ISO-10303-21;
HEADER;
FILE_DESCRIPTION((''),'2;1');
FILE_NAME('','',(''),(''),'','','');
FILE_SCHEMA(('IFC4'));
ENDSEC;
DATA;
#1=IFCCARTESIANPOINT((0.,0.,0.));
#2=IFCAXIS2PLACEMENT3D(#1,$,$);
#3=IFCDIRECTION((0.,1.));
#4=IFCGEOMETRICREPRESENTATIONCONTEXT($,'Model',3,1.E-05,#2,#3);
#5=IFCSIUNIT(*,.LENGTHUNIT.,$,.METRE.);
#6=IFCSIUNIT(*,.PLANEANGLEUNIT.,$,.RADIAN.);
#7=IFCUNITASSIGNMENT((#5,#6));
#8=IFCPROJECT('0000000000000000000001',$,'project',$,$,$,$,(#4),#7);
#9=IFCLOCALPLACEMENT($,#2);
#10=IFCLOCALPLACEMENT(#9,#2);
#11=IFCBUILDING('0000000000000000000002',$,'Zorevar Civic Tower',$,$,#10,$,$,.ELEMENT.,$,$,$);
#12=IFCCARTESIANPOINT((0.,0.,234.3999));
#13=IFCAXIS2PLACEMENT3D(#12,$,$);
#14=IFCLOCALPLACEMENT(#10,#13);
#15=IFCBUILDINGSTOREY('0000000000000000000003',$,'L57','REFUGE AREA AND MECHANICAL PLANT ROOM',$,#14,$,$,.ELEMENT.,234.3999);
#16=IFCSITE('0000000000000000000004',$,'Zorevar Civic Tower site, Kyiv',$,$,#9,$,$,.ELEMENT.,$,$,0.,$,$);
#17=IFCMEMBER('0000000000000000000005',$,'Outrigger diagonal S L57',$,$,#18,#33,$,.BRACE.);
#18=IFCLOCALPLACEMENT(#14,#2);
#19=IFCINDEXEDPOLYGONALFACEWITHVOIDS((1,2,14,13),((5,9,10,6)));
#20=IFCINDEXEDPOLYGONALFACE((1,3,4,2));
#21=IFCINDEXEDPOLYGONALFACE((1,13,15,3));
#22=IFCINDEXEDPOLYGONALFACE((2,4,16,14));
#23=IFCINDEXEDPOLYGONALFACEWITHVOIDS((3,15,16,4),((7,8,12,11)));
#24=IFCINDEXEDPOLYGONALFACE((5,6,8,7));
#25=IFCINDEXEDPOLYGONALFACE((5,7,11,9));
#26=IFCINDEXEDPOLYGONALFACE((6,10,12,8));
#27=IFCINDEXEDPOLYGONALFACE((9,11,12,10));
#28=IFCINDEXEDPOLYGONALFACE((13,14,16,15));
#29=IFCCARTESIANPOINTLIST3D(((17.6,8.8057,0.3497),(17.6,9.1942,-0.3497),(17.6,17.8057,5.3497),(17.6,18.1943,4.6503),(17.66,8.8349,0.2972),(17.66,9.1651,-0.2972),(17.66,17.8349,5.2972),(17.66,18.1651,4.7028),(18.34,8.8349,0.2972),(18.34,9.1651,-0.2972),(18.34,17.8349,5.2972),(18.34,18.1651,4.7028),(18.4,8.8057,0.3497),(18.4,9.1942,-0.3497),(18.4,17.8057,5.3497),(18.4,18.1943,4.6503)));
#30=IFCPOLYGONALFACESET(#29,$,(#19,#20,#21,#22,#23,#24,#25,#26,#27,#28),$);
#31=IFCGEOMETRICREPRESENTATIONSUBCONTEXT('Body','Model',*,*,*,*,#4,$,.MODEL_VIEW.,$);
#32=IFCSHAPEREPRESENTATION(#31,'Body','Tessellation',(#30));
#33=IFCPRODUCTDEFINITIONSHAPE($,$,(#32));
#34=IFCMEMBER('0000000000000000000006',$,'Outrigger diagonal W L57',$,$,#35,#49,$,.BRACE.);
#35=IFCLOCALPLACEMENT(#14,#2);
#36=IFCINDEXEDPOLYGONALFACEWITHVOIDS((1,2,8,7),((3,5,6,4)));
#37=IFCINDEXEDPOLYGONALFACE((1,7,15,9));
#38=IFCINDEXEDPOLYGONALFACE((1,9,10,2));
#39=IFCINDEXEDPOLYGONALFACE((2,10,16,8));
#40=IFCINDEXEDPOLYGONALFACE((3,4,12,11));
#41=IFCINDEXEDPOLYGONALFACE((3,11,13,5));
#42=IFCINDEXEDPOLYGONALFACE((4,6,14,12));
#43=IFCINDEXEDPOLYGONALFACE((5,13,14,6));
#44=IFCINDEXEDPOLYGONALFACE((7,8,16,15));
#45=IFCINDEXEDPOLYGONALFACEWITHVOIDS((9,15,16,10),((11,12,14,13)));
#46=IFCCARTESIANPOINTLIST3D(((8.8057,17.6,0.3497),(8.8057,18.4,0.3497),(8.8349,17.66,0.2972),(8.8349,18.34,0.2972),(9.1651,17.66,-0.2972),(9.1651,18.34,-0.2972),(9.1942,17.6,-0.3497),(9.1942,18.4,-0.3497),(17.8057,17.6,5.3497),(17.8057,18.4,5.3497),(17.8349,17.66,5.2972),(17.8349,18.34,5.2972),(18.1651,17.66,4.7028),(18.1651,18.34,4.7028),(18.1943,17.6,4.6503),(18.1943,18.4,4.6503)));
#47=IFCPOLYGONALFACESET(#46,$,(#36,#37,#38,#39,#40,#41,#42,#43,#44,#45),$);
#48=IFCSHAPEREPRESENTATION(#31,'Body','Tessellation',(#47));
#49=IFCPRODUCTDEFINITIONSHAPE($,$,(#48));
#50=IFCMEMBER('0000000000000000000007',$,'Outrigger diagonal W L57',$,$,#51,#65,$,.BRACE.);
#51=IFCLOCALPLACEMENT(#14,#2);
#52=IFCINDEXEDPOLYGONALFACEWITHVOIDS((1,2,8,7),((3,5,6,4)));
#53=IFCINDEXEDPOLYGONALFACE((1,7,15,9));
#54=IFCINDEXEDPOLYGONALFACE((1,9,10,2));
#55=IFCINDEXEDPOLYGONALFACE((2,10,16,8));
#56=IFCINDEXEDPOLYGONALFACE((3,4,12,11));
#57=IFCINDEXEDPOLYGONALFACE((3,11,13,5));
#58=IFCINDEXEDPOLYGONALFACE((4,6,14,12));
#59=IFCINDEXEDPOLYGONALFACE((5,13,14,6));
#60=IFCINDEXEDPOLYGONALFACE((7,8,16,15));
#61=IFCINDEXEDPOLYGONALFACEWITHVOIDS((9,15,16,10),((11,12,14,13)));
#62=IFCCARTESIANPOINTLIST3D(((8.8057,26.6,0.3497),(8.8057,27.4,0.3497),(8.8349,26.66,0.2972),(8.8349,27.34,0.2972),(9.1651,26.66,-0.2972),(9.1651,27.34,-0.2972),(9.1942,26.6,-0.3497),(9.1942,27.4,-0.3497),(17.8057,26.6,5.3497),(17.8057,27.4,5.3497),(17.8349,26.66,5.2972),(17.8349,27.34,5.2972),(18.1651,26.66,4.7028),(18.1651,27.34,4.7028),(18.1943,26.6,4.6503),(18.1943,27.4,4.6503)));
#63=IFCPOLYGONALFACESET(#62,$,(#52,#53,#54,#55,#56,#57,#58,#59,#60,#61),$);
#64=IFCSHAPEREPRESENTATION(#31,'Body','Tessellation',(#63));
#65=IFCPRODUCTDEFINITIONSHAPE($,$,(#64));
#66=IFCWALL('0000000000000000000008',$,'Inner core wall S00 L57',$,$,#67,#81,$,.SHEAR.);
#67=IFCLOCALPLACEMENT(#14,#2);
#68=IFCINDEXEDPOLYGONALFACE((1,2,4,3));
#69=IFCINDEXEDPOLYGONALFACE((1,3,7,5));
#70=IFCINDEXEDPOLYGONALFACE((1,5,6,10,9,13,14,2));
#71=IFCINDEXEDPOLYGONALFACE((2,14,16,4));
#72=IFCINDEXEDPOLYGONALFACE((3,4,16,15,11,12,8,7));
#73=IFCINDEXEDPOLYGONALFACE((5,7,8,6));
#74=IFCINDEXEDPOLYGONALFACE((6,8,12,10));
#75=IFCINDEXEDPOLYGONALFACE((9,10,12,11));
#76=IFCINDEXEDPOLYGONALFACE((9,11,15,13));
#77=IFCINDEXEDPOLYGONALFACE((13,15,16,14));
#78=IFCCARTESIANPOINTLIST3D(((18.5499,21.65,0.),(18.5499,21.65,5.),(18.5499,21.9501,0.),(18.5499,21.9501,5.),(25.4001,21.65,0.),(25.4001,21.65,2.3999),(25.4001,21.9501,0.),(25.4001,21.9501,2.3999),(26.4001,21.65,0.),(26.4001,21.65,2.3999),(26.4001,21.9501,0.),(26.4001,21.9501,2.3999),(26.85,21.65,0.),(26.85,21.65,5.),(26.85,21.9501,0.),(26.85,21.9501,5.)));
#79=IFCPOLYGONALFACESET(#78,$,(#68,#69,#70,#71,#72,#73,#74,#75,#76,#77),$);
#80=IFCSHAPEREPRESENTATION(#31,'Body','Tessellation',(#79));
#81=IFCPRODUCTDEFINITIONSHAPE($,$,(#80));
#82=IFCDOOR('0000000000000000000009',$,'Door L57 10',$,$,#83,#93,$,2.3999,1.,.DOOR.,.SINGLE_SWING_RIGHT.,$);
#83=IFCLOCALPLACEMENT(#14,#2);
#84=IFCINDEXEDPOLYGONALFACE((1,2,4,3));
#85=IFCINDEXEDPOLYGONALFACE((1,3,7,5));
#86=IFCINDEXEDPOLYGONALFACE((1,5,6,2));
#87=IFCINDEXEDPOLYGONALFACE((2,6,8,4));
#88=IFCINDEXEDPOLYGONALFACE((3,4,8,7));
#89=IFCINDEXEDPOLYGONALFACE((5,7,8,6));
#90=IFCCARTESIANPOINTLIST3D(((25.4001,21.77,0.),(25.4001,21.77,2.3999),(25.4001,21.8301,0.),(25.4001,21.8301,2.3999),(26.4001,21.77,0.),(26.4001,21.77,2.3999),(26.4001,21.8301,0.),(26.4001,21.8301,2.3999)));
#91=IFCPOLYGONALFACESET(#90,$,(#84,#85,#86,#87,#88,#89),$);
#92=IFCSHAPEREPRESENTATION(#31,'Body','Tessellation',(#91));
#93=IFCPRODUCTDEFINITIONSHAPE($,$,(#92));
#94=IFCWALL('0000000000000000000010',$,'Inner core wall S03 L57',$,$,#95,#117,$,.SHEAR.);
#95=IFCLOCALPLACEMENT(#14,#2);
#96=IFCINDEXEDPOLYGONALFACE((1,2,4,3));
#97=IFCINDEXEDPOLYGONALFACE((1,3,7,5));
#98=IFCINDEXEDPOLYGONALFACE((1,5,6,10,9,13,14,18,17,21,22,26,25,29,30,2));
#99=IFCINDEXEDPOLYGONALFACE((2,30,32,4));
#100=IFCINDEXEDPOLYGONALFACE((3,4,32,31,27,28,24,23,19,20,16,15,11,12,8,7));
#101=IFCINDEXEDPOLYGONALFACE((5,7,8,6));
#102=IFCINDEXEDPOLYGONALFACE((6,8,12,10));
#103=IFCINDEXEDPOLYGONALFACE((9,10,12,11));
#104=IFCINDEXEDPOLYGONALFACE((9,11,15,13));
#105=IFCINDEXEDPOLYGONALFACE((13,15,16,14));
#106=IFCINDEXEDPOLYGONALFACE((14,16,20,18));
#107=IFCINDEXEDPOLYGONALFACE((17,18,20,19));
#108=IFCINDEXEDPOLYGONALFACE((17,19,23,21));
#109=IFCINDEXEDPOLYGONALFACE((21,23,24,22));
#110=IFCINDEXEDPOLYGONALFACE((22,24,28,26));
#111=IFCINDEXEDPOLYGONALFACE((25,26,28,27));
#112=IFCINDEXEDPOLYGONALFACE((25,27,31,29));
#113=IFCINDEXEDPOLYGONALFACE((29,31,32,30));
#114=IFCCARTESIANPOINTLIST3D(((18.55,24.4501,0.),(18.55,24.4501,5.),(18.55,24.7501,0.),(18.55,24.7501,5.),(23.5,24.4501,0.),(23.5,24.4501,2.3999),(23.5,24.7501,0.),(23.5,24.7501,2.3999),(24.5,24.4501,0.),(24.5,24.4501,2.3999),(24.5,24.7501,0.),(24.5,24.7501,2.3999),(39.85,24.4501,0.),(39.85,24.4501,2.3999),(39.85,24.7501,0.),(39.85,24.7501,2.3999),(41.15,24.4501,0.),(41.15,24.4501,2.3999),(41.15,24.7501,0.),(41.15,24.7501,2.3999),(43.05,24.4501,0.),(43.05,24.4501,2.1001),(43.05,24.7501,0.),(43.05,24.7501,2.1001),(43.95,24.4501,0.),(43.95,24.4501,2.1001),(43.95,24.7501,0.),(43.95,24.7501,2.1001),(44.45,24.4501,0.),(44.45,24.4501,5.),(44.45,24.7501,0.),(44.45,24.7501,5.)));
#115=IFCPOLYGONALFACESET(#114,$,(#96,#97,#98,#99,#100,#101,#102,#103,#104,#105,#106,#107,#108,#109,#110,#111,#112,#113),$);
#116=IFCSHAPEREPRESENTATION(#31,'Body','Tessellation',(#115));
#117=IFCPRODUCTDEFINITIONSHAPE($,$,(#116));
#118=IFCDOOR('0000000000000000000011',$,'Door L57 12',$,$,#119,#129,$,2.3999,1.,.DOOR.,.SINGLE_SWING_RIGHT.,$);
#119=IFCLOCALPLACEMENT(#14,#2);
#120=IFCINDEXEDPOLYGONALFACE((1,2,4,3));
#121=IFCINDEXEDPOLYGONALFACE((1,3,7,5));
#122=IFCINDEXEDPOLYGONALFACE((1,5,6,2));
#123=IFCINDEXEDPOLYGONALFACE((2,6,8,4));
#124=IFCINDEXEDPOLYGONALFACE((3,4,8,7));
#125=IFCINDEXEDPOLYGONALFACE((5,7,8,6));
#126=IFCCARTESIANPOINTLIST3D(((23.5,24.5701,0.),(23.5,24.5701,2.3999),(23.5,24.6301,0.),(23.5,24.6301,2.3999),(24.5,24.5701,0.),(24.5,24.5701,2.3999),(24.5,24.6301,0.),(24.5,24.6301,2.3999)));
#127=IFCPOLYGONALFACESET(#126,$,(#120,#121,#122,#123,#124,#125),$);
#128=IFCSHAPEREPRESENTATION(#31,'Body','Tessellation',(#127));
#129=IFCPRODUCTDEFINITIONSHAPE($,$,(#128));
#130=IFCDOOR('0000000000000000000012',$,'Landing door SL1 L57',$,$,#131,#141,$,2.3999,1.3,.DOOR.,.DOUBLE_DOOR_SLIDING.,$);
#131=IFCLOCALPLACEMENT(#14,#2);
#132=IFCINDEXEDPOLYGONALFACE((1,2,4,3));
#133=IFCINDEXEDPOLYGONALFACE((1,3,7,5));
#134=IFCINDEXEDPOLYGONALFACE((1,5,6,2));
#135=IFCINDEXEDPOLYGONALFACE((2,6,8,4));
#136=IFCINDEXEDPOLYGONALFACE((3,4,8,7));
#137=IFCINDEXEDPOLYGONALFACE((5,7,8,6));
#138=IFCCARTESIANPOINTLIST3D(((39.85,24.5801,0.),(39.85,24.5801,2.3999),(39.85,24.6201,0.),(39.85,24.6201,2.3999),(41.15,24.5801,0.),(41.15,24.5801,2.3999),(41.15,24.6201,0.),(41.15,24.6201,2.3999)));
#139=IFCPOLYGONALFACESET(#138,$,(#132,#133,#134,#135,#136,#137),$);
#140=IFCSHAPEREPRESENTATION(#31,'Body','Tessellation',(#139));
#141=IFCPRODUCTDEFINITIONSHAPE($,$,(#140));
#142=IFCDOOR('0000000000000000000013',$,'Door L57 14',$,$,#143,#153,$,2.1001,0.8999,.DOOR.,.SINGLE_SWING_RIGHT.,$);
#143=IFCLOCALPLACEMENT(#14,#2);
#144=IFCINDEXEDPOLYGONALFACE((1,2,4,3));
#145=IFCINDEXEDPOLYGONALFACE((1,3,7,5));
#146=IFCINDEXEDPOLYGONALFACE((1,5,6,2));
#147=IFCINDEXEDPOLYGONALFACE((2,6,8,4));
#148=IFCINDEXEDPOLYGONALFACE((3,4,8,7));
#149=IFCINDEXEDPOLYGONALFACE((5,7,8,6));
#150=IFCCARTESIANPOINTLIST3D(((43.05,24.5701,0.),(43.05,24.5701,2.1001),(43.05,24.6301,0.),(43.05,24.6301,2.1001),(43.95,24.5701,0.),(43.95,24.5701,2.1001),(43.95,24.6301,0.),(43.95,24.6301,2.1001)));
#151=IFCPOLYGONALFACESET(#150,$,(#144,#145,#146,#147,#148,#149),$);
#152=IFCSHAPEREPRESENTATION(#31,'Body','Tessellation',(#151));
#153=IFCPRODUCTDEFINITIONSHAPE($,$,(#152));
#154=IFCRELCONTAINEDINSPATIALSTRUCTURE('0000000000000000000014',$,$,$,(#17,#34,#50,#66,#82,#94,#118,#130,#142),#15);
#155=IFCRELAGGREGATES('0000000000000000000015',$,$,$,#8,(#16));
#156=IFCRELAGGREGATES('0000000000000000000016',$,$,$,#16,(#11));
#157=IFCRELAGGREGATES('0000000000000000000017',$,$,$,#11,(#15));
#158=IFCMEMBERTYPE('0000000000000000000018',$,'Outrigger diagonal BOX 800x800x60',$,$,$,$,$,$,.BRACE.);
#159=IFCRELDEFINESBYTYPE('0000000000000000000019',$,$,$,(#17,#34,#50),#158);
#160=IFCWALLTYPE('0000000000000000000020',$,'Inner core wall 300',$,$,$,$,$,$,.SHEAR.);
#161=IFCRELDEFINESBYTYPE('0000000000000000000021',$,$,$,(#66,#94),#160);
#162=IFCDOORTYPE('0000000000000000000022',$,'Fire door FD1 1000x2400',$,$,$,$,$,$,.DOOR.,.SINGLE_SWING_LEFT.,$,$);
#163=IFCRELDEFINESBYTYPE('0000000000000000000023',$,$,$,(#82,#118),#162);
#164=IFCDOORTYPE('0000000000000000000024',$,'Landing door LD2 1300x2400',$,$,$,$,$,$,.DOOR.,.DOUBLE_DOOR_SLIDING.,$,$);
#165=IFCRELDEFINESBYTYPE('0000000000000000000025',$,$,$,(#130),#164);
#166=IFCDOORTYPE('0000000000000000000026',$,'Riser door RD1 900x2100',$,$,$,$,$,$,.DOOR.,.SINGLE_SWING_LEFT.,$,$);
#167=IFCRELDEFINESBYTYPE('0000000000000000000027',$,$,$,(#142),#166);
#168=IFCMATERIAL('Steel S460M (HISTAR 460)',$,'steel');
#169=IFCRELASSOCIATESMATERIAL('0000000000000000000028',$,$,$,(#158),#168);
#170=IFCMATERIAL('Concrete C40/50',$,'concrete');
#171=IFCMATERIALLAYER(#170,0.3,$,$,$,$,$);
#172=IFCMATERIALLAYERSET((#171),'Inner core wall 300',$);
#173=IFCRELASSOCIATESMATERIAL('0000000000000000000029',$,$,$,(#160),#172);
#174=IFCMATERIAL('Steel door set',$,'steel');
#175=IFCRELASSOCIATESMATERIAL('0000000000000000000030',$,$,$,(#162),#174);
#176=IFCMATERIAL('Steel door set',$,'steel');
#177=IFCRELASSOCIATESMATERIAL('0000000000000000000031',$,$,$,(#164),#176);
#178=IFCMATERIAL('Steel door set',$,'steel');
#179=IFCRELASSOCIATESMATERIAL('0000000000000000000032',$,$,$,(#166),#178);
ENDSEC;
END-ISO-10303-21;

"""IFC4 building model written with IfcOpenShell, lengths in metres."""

from ifc_helpers import new_model, si_unit, direction, frame, frame_2d, origin, origin_2d, place, context, subcontext, project, spatial, rectangle, hollow_rectangle, extrude, material, layer, layer_set, material_profile, profile_set, type_object, element, fill, save


model = new_model("IFC4")

# Units and contexts
model_context = context("Model", 3, precision=1e-05, world=origin(), true_north=direction((0.0, 1.0)))
body_context = subcontext(model_context, "Body", "Model", "MODEL_VIEW")
ifc_project = project(units=[si_unit("LENGTHUNIT", "METRE"), si_unit("PLANEANGLEUNIT", "RADIAN")], contexts=[model_context])

# Site, building, storey
site_placement = place(None, origin())
site = spatial("IfcSite", under=ifc_project, at=site_placement, Name="Zorevar Civic Tower site, Kyiv", CompositionType="ELEMENT", RefElevation=0.0)
building_placement = place(site_placement, origin())
building = spatial("IfcBuilding", under=site, at=building_placement, Name="Zorevar Civic Tower", CompositionType="ELEMENT")
storey_placement = place(building_placement, frame((0.0, 0.0, 234.3999)))
storey = spatial("IfcBuildingStorey", under=building, at=storey_placement, Name="L57", Description="REFUGE AREA AND MECHANICAL PLANT ROOM", CompositionType="ELEMENT", Elevation=234.3999)

# Members
ifc_material_1 = material(Name="Steel S460M (HISTAR 460)", Category="steel")
ifc_material_profile = material_profile(ifc_material_1, hollow_rectangle(XDim=0.8, YDim=0.8, WallThickness=0.0601, at=origin_2d()), Name="BOX 800x800x60")
ifc_profile_set = profile_set([ifc_material_profile], Name="Steel S460M (HISTAR 460)")
member_type = type_object("IfcMemberType", Name="Outrigger diagonal BOX 800x800x60", PredefinedType="BRACE", material=ifc_profile_set)
for number, where, z_axis, x_axis, name in (
    (1, (18.0, 18.0, 5.0), (0.0, -0.874157, -0.485643), (1.0, 0.0, 0.0), "Outrigger diagonal S L57"),
    (2, (18.0, 18.0, 5.0), (-0.874157, 0.0, -0.485643), (0.0, -1.0, 0.0), "Outrigger diagonal W L57"),
    (3, (18.0, 27.0, 5.0), (-0.874157, 0.0, -0.485643), (0.0, -1.0, 0.0), "Outrigger diagonal W L57"),
):
    element("IfcMember", number, at=place(storey_placement, frame(where, z_axis=z_axis, x_axis=x_axis)), inside=storey, type_object=member_type, Name=name, PredefinedType="BRACE", context=body_context, shape_type="SweptSolid", body=[
        extrude(hollow_rectangle(XDim=0.8, YDim=0.8, WallThickness=0.0601, at=origin_2d()), origin(), (0.0, 0.0, 1.0), 10.2957),
    ])

# Wall, opening, door
ifc_material_2 = material(Name="Concrete C40/50", Category="concrete")
ifc_layer_1 = layer(ifc_material_2, 0.3)
ifc_layer_set_1 = layer_set([ifc_layer_1], Name="Inner core wall 300")
wall_type_1 = type_object("IfcWallType", Name="Inner core wall 300", PredefinedType="SHEAR", material=ifc_layer_set_1)
wall_1_placement = place(storey_placement, frame((18.55, 21.8, 0.0), z_axis=(0.0, 0.0, 1.0), x_axis=(1.0, 0.0, 0.0)))
wall_1 = element("IfcWall", 4, at=wall_1_placement, inside=storey, type_object=wall_type_1, Name="Inner core wall S00 L57", PredefinedType="SHEAR", context=body_context, shape_type="SweptSolid", body=[
    extrude(rectangle(XDim=8.3, YDim=0.3, at=frame_2d((4.1499, 0.0))), origin(), (0.0, 0.0, 1.0), 5.0),
])
opening_1_placement = place(wall_1_placement, frame((6.8501, 0.0, 0.0)))
opening_1 = element("IfcOpeningElement", 5, at=opening_1_placement, cuts=wall_1, PredefinedType="OPENING", context=body_context, shape_type="SweptSolid", body=[
    extrude(rectangle(XDim=1.0, YDim=2.3999, at=frame_2d((0.5, 1.2))), frame((0.0, 0.1599, 0.0), z_axis=(0.0, -1.0, 0.0), x_axis=(1.0, 0.0, 0.0)), (0.0, 0.0, 1.0), 0.3201),
])
ifc_material_3 = material(Name="Steel door set", Category="steel")
door_type_1 = type_object("IfcDoorType", Name="Fire door FD1 1000x2400", OperationType="SINGLE_SWING_LEFT", PredefinedType="DOOR", material=ifc_material_3)
door_1_placement = place(opening_1_placement, origin())
door_1 = element("IfcDoor", 6, at=door_1_placement, inside=storey, type_object=door_type_1, Name="Door L57 10", OperationType="SINGLE_SWING_RIGHT", OverallHeight=2.3999, OverallWidth=1.0, PredefinedType="DOOR", context=body_context, shape_type="SweptSolid", body=[
    extrude(rectangle(XDim=1.0, YDim=2.3999, at=frame_2d((0.5, 1.2))), frame((0.0, 0.03, 0.0), z_axis=(0.0, -1.0, 0.0), x_axis=(1.0, 0.0, 0.0)), (0.0, 0.0, 1.0), 0.0601),
])
fill(opening_1, door_1)

# Wall, openings, doors
wall_2_placement = place(storey_placement, frame((18.55, 24.6001, 0.0), z_axis=(0.0, 0.0, 1.0), x_axis=(1.0, 0.0, 0.0)))
wall_2 = element("IfcWall", 7, at=wall_2_placement, inside=storey, type_object=wall_type_1, Name="Inner core wall S03 L57", PredefinedType="SHEAR", context=body_context, shape_type="SweptSolid", body=[
    extrude(rectangle(XDim=25.8999, YDim=0.3, at=frame_2d((12.95, 0.0))), origin(), (0.0, 0.0, 1.0), 5.0),
])
opening_2_placement = place(wall_2_placement, frame((4.95, 0.0, 0.0)))
opening_2 = element("IfcOpeningElement", 8, at=opening_2_placement, cuts=wall_2, PredefinedType="OPENING", context=body_context, shape_type="SweptSolid", body=[
    extrude(rectangle(XDim=1.0, YDim=2.3999, at=frame_2d((0.5, 1.2))), frame((0.0, 0.1599, 0.0), z_axis=(0.0, -1.0, 0.0), x_axis=(1.0, 0.0, 0.0)), (0.0, 0.0, 1.0), 0.3201),
])
opening_3_placement = place(wall_2_placement, frame((24.5, 0.0, 0.0)))
opening_3 = element("IfcOpeningElement", 9, at=opening_3_placement, cuts=wall_2, PredefinedType="OPENING", context=body_context, shape_type="SweptSolid", body=[
    extrude(rectangle(XDim=0.8999, YDim=2.1001, at=frame_2d((0.45, 1.05))), frame((0.0, 0.1599, 0.0), z_axis=(0.0, -1.0, 0.0), x_axis=(1.0, 0.0, 0.0)), (0.0, 0.0, 1.0), 0.3201),
])
opening_4_placement = place(wall_2_placement, frame((21.3, 0.0, 0.0)))
opening_4 = element("IfcOpeningElement", 10, at=opening_4_placement, cuts=wall_2, PredefinedType="OPENING", context=body_context, shape_type="SweptSolid", body=[
    extrude(rectangle(XDim=1.3, YDim=2.3999, at=frame_2d((0.6499, 1.2))), frame((0.0, 0.1599, 0.0), z_axis=(0.0, -1.0, 0.0), x_axis=(1.0, 0.0, 0.0)), (0.0, 0.0, 1.0), 0.3201),
])
door_2_placement = place(opening_2_placement, origin())
door_2 = element("IfcDoor", 11, at=door_2_placement, inside=storey, type_object=door_type_1, Name="Door L57 12", OperationType="SINGLE_SWING_RIGHT", OverallHeight=2.3999, OverallWidth=1.0, PredefinedType="DOOR", context=body_context, shape_type="SweptSolid", body=[
    extrude(rectangle(XDim=1.0, YDim=2.3999, at=frame_2d((0.5, 1.2))), frame((0.0, 0.03, 0.0), z_axis=(0.0, -1.0, 0.0), x_axis=(1.0, 0.0, 0.0)), (0.0, 0.0, 1.0), 0.0601),
])
fill(opening_2, door_2)
ifc_material_4 = material(Name="Steel door set", Category="steel")
door_type_2 = type_object("IfcDoorType", Name="Landing door LD2 1300x2400", OperationType="DOUBLE_DOOR_SLIDING", PredefinedType="DOOR", material=ifc_material_4)
door_3_placement = place(opening_4_placement, origin())
door_3 = element("IfcDoor", 12, at=door_3_placement, inside=storey, type_object=door_type_2, Name="Landing door SL1 L57", OperationType="DOUBLE_DOOR_SLIDING", OverallHeight=2.3999, OverallWidth=1.3, PredefinedType="DOOR", context=body_context, shape_type="SweptSolid", body=[
    extrude(rectangle(XDim=1.3, YDim=2.3999, at=frame_2d((0.6499, 1.2))), frame((0.0, 0.02, 0.0), z_axis=(0.0, -1.0, 0.0), x_axis=(1.0, 0.0, 0.0)), (0.0, 0.0, 1.0), 0.04),
])
fill(opening_4, door_3)
ifc_material_5 = material(Name="Steel door set", Category="steel")
door_type_3 = type_object("IfcDoorType", Name="Riser door RD1 900x2100", OperationType="SINGLE_SWING_LEFT", PredefinedType="DOOR", material=ifc_material_5)
door_4_placement = place(opening_3_placement, origin())
door_4 = element("IfcDoor", 13, at=door_4_placement, inside=storey, type_object=door_type_3, Name="Door L57 14", OperationType="SINGLE_SWING_RIGHT", OverallHeight=2.1001, OverallWidth=0.8999, PredefinedType="DOOR", context=body_context, shape_type="SweptSolid", body=[
    extrude(rectangle(XDim=0.8999, YDim=2.1001, at=frame_2d((0.45, 1.05))), frame((0.0, 0.03, 0.0), z_axis=(0.0, -1.0, 0.0), x_axis=(1.0, 0.0, 0.0)), (0.0, 0.0, 1.0), 0.0601),
])
fill(opening_3, door_4)

save(model, "model.ifc")
